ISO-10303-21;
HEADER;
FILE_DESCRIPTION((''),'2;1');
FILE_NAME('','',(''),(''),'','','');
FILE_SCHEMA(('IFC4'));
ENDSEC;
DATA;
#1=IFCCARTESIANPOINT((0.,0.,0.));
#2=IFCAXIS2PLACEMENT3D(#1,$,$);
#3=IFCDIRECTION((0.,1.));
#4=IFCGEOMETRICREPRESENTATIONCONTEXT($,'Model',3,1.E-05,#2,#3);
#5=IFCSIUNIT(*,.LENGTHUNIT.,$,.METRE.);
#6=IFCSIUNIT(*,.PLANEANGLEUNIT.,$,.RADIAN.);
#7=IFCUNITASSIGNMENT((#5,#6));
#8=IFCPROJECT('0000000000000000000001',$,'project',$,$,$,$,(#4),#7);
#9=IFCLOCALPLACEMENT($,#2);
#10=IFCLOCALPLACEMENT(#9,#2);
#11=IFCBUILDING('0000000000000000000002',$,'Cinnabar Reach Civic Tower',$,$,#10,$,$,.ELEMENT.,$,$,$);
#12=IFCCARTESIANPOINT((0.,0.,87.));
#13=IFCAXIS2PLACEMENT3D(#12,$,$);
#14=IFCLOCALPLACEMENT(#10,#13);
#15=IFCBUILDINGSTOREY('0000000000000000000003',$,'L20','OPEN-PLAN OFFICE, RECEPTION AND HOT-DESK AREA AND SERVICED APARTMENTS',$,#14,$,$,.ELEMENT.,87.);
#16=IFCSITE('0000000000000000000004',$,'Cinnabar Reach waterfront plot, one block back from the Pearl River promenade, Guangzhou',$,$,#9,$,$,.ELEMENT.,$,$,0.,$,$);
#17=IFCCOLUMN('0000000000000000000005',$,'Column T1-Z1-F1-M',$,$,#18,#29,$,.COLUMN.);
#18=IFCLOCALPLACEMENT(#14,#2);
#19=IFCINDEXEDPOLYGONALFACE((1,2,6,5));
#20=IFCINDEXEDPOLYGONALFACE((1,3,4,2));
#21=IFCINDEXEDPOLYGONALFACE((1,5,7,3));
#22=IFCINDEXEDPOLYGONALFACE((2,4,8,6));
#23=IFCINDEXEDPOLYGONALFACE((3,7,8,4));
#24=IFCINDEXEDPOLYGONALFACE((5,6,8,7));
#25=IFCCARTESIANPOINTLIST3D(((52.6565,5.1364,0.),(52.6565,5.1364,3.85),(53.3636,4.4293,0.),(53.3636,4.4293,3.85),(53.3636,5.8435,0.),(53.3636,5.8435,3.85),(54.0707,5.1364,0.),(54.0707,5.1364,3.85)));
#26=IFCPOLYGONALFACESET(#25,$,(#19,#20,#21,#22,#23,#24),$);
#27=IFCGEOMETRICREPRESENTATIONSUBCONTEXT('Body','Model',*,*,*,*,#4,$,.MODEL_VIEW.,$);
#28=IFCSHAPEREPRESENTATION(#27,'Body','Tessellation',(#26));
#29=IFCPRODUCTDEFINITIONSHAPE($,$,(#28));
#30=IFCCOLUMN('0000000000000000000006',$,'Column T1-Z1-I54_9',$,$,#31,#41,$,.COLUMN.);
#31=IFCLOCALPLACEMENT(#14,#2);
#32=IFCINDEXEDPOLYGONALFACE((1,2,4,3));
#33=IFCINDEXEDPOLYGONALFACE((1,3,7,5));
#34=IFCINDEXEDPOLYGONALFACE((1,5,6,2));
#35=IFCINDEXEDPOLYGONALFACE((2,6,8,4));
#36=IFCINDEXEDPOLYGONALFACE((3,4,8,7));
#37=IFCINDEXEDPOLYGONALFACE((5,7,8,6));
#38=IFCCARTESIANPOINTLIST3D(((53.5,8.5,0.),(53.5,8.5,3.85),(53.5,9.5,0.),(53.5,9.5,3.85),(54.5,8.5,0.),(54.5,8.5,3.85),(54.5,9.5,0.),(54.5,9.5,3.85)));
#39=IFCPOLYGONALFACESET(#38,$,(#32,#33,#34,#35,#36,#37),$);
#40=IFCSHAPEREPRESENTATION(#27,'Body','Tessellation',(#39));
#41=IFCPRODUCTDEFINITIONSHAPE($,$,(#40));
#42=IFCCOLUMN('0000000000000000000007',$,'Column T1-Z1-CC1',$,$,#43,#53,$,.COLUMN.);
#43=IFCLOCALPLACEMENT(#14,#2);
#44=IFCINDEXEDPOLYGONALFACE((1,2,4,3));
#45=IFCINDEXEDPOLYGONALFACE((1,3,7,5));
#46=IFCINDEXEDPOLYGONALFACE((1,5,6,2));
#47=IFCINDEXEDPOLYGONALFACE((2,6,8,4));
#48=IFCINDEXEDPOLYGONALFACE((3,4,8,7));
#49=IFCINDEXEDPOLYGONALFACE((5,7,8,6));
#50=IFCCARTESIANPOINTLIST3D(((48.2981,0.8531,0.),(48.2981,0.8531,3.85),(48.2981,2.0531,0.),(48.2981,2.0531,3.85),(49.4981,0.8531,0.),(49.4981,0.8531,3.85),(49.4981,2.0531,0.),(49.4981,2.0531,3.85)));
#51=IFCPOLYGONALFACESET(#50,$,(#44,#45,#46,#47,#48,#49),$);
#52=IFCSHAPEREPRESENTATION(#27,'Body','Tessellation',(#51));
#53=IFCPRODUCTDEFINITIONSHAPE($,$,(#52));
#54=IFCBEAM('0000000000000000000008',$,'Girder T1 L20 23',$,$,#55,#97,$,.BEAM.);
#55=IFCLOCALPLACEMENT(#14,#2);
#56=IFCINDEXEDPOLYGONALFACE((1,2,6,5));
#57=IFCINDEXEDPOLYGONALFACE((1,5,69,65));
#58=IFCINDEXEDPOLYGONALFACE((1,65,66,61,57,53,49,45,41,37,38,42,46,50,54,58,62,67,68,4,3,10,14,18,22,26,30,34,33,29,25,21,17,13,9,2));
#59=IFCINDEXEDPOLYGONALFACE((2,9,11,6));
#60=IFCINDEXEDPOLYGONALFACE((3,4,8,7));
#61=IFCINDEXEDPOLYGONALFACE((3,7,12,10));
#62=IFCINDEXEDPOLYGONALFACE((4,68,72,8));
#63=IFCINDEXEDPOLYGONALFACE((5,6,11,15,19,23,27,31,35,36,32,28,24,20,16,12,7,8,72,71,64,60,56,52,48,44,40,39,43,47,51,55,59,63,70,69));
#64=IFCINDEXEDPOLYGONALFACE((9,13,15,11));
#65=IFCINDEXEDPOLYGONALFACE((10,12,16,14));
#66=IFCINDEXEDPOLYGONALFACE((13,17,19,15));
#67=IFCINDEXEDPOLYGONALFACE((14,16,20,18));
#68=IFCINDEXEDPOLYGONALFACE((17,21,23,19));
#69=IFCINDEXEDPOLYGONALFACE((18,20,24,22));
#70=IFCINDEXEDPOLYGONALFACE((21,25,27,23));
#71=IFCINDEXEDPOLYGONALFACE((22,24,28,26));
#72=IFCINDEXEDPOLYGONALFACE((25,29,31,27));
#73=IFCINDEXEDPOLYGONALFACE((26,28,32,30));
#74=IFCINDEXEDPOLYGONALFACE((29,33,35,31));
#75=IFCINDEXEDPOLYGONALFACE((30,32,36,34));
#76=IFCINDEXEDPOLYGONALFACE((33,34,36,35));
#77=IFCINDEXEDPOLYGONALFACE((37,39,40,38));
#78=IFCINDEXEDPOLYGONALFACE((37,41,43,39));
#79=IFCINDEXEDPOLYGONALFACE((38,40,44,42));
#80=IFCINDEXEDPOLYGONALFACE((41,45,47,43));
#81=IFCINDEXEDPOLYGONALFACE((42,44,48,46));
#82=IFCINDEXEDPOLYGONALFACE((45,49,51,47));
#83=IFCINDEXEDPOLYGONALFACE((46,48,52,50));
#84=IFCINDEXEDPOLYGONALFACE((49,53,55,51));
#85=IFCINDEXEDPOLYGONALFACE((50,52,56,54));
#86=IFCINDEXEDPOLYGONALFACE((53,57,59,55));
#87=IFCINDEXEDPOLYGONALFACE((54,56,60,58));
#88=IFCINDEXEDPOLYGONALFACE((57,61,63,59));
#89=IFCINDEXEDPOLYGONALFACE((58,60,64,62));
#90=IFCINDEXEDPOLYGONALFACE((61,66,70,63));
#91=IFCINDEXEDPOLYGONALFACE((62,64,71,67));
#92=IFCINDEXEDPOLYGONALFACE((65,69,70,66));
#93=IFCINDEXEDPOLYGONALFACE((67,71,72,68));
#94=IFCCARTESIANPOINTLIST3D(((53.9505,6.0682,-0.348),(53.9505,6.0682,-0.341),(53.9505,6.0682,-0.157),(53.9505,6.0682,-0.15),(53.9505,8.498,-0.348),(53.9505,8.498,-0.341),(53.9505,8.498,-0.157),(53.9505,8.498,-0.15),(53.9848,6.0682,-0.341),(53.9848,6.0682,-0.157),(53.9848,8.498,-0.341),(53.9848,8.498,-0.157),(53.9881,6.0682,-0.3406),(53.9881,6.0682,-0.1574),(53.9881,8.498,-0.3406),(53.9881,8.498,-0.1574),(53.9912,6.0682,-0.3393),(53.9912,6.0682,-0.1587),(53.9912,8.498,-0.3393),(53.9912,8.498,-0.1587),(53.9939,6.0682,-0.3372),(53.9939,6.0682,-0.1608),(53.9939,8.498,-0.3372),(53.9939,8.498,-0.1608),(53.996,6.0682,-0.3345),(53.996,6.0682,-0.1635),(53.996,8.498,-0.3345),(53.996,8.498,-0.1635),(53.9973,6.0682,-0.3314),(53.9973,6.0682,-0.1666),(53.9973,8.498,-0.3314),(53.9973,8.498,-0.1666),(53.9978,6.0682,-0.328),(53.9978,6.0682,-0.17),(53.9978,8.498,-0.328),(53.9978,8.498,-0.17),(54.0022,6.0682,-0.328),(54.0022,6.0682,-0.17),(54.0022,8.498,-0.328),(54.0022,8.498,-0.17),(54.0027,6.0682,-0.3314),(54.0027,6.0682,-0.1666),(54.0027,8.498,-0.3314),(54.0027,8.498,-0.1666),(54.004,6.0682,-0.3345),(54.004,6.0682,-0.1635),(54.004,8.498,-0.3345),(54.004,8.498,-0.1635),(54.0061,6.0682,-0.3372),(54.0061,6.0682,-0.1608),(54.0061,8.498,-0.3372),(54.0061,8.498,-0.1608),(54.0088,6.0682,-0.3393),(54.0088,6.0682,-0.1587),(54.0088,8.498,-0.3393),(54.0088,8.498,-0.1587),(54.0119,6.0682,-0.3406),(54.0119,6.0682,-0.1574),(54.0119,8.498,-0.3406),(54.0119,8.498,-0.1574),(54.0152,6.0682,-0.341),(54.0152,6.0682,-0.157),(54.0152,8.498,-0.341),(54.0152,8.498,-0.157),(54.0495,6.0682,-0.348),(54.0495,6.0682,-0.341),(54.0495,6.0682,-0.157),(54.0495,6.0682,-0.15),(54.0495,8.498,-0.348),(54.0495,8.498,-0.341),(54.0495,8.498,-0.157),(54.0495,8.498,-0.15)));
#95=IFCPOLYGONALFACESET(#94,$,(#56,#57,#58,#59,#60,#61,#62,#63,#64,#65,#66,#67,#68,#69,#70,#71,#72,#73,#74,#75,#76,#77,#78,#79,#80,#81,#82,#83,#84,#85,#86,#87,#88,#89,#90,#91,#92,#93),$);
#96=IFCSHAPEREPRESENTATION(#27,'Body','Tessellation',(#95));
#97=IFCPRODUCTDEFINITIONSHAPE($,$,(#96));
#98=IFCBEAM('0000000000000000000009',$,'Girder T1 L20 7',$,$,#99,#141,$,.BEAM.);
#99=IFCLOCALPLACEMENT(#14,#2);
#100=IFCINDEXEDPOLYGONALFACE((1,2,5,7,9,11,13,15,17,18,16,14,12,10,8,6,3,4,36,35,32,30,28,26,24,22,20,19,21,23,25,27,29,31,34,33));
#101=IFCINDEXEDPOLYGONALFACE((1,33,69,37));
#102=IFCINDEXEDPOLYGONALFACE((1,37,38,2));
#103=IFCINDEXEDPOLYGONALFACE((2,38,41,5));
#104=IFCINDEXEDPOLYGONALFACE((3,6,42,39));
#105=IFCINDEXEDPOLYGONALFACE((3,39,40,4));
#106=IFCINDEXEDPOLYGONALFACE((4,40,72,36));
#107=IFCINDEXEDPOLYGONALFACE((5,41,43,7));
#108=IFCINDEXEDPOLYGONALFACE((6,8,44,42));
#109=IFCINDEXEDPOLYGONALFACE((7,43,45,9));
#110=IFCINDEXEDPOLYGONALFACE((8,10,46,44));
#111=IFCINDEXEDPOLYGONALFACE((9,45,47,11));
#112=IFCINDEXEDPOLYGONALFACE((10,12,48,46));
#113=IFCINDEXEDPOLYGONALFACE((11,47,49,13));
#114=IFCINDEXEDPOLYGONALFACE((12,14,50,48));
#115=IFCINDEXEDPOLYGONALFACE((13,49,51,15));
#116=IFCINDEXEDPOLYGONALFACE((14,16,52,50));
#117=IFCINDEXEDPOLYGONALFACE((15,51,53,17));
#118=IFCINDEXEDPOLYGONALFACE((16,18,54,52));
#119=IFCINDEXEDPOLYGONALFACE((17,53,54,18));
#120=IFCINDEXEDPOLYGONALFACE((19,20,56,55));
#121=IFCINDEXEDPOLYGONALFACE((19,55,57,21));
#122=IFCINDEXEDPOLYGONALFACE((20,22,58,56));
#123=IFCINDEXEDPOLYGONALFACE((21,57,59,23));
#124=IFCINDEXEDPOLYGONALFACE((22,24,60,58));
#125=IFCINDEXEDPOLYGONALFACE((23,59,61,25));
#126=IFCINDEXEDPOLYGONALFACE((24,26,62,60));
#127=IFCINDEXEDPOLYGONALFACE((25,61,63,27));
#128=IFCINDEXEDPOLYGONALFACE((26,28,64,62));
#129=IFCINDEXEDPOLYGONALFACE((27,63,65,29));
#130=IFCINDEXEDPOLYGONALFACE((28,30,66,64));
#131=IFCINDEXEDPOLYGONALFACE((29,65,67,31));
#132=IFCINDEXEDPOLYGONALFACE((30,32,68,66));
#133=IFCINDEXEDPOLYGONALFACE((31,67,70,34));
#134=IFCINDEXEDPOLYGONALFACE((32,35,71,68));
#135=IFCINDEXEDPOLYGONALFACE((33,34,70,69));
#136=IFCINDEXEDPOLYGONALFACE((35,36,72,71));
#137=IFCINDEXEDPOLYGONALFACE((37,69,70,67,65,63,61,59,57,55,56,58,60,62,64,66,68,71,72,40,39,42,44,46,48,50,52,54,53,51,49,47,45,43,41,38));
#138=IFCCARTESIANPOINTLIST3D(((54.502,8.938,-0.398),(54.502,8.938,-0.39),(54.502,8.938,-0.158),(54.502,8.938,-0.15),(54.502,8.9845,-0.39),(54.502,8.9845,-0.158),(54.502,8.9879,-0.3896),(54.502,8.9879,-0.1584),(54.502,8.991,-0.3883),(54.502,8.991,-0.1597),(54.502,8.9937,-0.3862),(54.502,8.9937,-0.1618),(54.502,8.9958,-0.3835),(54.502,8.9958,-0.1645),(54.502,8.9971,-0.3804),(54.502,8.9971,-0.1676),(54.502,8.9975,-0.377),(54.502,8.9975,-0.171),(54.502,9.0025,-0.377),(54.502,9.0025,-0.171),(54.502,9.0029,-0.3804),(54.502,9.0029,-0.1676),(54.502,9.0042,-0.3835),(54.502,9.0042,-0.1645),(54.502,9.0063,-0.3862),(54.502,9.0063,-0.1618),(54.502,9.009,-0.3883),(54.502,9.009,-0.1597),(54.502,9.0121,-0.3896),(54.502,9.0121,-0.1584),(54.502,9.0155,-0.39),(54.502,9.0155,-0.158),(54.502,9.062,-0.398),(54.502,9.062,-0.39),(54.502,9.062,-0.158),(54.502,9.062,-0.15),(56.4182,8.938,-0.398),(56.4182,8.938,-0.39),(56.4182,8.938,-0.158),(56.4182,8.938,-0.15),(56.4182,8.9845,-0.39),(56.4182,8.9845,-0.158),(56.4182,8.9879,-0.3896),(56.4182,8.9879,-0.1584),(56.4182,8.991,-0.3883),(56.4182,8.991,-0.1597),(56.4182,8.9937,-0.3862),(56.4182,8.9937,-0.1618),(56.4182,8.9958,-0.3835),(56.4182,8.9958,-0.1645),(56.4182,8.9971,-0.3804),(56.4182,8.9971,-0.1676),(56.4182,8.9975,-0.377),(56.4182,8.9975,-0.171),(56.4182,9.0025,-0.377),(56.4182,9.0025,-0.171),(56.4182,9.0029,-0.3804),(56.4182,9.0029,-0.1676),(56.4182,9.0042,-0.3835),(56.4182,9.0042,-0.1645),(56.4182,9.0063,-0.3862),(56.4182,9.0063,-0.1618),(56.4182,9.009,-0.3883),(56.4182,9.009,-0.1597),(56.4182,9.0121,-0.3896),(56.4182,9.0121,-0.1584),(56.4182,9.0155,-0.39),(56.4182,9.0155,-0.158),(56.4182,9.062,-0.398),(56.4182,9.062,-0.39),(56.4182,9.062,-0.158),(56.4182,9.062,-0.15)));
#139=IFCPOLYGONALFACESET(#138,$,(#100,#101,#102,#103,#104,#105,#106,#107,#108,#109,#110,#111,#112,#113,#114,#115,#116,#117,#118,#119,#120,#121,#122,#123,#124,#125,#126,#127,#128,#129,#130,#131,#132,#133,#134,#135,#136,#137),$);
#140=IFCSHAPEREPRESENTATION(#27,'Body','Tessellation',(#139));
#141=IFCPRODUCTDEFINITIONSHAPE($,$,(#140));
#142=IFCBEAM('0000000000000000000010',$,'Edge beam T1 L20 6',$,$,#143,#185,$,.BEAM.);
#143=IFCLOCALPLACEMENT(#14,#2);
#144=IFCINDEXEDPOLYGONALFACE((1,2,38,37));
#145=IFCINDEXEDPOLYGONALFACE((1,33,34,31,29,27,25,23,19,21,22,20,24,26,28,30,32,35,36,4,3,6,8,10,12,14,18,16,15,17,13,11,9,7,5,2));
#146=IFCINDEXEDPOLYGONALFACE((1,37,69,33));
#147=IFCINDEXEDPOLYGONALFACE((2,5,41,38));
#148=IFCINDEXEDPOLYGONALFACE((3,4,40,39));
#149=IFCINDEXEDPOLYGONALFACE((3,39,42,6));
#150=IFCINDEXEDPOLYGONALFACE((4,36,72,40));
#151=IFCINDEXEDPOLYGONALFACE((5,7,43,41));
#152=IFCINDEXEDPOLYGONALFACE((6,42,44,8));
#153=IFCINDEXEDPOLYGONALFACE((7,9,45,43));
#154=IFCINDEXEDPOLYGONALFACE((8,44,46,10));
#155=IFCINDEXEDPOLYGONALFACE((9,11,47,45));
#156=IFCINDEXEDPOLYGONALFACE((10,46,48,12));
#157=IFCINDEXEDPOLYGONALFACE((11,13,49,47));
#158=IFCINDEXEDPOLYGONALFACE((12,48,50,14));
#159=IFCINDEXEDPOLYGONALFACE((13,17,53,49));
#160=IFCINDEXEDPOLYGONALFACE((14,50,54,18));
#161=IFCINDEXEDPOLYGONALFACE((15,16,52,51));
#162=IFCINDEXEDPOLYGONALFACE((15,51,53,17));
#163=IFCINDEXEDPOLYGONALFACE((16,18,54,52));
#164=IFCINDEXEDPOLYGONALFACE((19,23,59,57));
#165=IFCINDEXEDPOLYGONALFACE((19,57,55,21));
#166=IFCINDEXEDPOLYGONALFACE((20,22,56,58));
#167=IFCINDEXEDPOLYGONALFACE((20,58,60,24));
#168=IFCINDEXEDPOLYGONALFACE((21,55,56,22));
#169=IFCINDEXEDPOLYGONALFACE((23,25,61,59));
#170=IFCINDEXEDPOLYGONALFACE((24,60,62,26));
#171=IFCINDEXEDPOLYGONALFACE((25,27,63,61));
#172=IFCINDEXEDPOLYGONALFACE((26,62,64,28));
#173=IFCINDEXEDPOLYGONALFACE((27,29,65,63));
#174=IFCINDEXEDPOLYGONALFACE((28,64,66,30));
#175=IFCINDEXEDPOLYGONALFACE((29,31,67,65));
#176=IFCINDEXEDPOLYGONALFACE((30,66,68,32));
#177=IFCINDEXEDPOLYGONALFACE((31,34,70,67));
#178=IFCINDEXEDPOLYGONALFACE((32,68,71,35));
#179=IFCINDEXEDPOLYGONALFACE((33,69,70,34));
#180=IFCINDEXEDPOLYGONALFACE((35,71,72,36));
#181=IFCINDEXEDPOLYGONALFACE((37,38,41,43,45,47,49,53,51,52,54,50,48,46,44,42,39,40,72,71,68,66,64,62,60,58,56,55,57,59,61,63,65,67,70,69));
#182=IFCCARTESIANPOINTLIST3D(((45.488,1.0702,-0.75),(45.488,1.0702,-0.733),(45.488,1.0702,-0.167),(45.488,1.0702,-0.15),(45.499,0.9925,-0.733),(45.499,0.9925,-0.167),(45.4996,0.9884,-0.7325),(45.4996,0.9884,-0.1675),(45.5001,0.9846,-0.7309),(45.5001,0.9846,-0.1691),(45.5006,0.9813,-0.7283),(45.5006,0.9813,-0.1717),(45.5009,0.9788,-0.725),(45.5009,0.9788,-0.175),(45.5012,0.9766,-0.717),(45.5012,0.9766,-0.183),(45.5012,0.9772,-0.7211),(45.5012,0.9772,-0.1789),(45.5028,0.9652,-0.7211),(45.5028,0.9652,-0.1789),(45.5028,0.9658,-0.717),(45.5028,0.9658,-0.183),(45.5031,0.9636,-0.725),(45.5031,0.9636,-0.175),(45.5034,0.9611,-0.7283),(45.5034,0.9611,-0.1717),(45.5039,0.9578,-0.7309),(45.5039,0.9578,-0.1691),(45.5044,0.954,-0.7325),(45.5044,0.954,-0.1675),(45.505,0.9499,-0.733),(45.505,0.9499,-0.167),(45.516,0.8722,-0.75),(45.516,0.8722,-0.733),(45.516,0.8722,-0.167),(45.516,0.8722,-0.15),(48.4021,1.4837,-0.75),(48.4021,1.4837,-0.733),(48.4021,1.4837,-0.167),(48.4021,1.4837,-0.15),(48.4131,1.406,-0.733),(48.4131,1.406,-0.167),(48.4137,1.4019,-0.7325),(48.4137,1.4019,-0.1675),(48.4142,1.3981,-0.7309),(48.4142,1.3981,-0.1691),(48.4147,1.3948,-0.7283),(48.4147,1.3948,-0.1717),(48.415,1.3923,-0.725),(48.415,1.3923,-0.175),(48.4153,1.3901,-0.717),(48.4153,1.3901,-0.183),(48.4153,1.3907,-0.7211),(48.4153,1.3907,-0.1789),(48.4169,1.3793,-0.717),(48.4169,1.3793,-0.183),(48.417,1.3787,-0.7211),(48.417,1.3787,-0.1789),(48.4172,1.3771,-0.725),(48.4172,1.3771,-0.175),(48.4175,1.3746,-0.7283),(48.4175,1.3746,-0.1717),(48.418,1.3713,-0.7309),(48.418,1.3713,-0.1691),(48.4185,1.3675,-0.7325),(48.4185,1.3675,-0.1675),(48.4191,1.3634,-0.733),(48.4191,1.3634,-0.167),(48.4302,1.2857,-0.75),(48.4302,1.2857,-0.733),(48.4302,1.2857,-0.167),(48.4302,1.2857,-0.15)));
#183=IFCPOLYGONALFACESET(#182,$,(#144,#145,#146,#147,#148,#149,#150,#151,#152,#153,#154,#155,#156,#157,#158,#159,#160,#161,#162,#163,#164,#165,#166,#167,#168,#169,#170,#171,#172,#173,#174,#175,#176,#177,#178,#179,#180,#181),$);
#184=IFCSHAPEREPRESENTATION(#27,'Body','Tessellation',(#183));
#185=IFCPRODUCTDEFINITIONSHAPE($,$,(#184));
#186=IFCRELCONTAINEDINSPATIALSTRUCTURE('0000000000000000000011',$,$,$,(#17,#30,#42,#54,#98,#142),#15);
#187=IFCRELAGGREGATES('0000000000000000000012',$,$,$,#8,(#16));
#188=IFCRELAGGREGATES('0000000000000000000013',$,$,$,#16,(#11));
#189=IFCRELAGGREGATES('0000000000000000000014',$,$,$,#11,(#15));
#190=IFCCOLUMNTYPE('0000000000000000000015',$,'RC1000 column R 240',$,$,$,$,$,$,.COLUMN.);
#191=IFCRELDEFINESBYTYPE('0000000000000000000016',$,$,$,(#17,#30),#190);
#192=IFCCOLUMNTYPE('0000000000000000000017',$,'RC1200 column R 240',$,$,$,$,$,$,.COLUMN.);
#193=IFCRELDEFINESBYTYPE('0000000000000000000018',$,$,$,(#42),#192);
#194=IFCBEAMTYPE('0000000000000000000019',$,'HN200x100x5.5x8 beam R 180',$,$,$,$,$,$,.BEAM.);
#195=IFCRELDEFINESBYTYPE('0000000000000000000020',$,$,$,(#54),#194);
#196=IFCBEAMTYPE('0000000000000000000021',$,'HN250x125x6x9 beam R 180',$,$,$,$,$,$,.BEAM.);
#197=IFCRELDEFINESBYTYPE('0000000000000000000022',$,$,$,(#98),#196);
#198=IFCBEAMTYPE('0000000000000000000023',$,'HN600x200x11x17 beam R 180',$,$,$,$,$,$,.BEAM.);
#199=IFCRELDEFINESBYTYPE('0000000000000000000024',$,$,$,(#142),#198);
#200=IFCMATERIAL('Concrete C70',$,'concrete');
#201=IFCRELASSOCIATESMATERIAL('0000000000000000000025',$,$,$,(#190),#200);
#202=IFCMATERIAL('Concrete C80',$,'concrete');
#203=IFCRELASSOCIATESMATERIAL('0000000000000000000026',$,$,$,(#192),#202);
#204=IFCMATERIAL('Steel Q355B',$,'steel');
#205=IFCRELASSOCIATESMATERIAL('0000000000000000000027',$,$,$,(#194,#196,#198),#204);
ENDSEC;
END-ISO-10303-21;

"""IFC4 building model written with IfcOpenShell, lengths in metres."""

from ifc_helpers import new_model, si_unit, direction, frame, origin, origin_2d, place, context, subcontext, project, spatial, rectangle, i_section, extrude, material, material_profile, profile_set, type_object, element, save


model = new_model("IFC4")

# Units and contexts
model_context = context("Model", 3, precision=1e-05, world=origin(), true_north=direction((0.0, 1.0)))
body_context = subcontext(model_context, "Body", "Model", "MODEL_VIEW")
ifc_project = project(units=[si_unit("LENGTHUNIT", "METRE"), si_unit("PLANEANGLEUNIT", "RADIAN")], contexts=[model_context])

# Site, building, storey
site_placement = place(None, origin())
site = spatial("IfcSite", under=ifc_project, at=site_placement, Name="Cinnabar Reach waterfront plot, one block back from the Pearl River promenade, Guangzhou", CompositionType="ELEMENT", RefElevation=0.0)
building_placement = place(site_placement, origin())
building = spatial("IfcBuilding", under=site, at=building_placement, Name="Cinnabar Reach Civic Tower", CompositionType="ELEMENT")
storey_placement = place(building_placement, frame((0.0, 0.0, 87.0)))
storey = spatial("IfcBuildingStorey", under=building, at=storey_placement, Name="L20", Description="OPEN-PLAN OFFICE, RECEPTION AND HOT-DESK AREA AND SERVICED APARTMENTS", CompositionType="ELEMENT", Elevation=87.0)

# Columns
ifc_material_1 = material(Name="Concrete C70", Category="concrete")
ifc_material_profile_1 = material_profile(ifc_material_1, rectangle(XDim=1.0, YDim=1.0, at=origin_2d()), Name="RC1000")
ifc_profile_set_1 = profile_set([ifc_material_profile_1], Name="Concrete C70")
column_type_1 = type_object("IfcColumnType", Name="RC1000 column R 240", PredefinedType="COLUMN", material=ifc_profile_set_1)
for number, where, z_axis, x_axis, name in (
    (1, (53.3636, 5.1364, 0.0), (0.0, 0.0, 1.0), (0.707107, 0.707107, 0.0), "Column T1-Z1-F1-M"),
    (2, (54.0, 9.0, 0.0), (0.0, 0.0, 1.0), (1.0, 0.0, 0.0), "Column T1-Z1-I54_9"),
):
    element("IfcColumn", number, at=place(storey_placement, frame(where, z_axis=z_axis, x_axis=x_axis)), inside=storey, type_object=column_type_1, Name=name, PredefinedType="COLUMN", context=body_context, shape_type="SweptSolid", body=[
        extrude(rectangle(XDim=1.0, YDim=1.0, at=origin_2d()), origin(), (0.0, 0.0, 1.0), 3.85),
    ])
ifc_material_2 = material(Name="Concrete C80", Category="concrete")
ifc_material_profile_2 = material_profile(ifc_material_2, rectangle(XDim=1.2, YDim=1.2, at=origin_2d()), Name="RC1200")
ifc_profile_set_2 = profile_set([ifc_material_profile_2], Name="Concrete C80")
column_type_2 = type_object("IfcColumnType", Name="RC1200 column R 240", PredefinedType="COLUMN", material=ifc_profile_set_2)
column_placement = place(storey_placement, frame((48.8981, 1.4531, 0.0), z_axis=(0.0, 0.0, 1.0), x_axis=(1.0, 0.0, 0.0)))
element("IfcColumn", 3, at=column_placement, inside=storey, type_object=column_type_2, Name="Column T1-Z1-CC1", PredefinedType="COLUMN", context=body_context, shape_type="SweptSolid", body=[
    extrude(rectangle(XDim=1.2, YDim=1.2, at=origin_2d()), origin(), (0.0, 0.0, 1.0), 3.85),
])

# Beams
ifc_material_3 = material(Name="Steel Q355B", Category="steel")
ifc_material_profile_3 = material_profile(ifc_material_3, i_section(OverallWidth=0.099, OverallDepth=0.198, WebThickness=0.0045, FlangeThickness=0.007, FilletRadius=0.013, at=origin_2d()), Name="HN200x100x5.5x8")
ifc_profile_set_3 = profile_set([ifc_material_profile_3], Name="Steel Q355B")
beam_type_1 = type_object("IfcBeamType", Name="HN200x100x5.5x8 beam R 180", PredefinedType="BEAM", material=ifc_profile_set_3)
beam_1_placement = place(storey_placement, frame((54.0, 6.0682, -0.249), z_axis=(0.0, 1.0, 0.0), x_axis=(-1.0, 0.0, 0.0)))
element("IfcBeam", 4, at=beam_1_placement, inside=storey, type_object=beam_type_1, Name="Girder T1 L20 23", PredefinedType="BEAM", context=body_context, shape_type="SweptSolid", body=[
    extrude(i_section(OverallWidth=0.099, OverallDepth=0.198, WebThickness=0.0045, FlangeThickness=0.007, FilletRadius=0.013, at=origin_2d()), origin(), (0.0, 0.0, 1.0), 2.4298),
])
ifc_material_profile_4 = material_profile(ifc_material_3, i_section(OverallWidth=0.124, OverallDepth=0.248, WebThickness=0.005, FlangeThickness=0.008, FilletRadius=0.013, at=origin_2d()), Name="HN250x125x6x9")
ifc_profile_set_4 = profile_set([ifc_material_profile_4], Name="Steel Q355B")
beam_type_2 = type_object("IfcBeamType", Name="HN250x125x6x9 beam R 180", PredefinedType="BEAM", material=ifc_profile_set_4)
beam_2_placement = place(storey_placement, frame((54.502, 9.0, -0.274), z_axis=(1.0, 0.0, 0.0), x_axis=(0.0, 1.0, 0.0)))
element("IfcBeam", 5, at=beam_2_placement, inside=storey, type_object=beam_type_2, Name="Girder T1 L20 7", PredefinedType="BEAM", context=body_context, shape_type="SweptSolid", body=[
    extrude(i_section(OverallWidth=0.124, OverallDepth=0.248, WebThickness=0.005, FlangeThickness=0.008, FilletRadius=0.013, at=origin_2d()), origin(), (0.0, 0.0, 1.0), 1.9162),
])
ifc_material_profile_5 = material_profile(ifc_material_3, i_section(OverallWidth=0.2, OverallDepth=0.6, WebThickness=0.011, FlangeThickness=0.017, FilletRadius=0.016, at=origin_2d()), Name="HN600x200x11x17")
ifc_profile_set_5 = profile_set([ifc_material_profile_5], Name="Steel Q355B")
beam_type_3 = type_object("IfcBeamType", Name="HN600x200x11x17 beam R 180", PredefinedType="BEAM", material=ifc_profile_set_5)
beam_3_placement = place(storey_placement, frame((45.502, 0.9712, -0.45), z_axis=(0.990082, 0.140489, 0.0), x_axis=(-0.140489, 0.990082, 0.0)))
element("IfcBeam", 6, at=beam_3_placement, inside=storey, type_object=beam_type_3, Name="Edge beam T1 L20 6", PredefinedType="BEAM", context=body_context, shape_type="SweptSolid", body=[
    extrude(i_section(OverallWidth=0.2, OverallDepth=0.6, WebThickness=0.011, FlangeThickness=0.017, FilletRadius=0.016, at=origin_2d()), origin(), (0.0, 0.0, 1.0), 2.9433),
])

save(model, "model.ifc")
